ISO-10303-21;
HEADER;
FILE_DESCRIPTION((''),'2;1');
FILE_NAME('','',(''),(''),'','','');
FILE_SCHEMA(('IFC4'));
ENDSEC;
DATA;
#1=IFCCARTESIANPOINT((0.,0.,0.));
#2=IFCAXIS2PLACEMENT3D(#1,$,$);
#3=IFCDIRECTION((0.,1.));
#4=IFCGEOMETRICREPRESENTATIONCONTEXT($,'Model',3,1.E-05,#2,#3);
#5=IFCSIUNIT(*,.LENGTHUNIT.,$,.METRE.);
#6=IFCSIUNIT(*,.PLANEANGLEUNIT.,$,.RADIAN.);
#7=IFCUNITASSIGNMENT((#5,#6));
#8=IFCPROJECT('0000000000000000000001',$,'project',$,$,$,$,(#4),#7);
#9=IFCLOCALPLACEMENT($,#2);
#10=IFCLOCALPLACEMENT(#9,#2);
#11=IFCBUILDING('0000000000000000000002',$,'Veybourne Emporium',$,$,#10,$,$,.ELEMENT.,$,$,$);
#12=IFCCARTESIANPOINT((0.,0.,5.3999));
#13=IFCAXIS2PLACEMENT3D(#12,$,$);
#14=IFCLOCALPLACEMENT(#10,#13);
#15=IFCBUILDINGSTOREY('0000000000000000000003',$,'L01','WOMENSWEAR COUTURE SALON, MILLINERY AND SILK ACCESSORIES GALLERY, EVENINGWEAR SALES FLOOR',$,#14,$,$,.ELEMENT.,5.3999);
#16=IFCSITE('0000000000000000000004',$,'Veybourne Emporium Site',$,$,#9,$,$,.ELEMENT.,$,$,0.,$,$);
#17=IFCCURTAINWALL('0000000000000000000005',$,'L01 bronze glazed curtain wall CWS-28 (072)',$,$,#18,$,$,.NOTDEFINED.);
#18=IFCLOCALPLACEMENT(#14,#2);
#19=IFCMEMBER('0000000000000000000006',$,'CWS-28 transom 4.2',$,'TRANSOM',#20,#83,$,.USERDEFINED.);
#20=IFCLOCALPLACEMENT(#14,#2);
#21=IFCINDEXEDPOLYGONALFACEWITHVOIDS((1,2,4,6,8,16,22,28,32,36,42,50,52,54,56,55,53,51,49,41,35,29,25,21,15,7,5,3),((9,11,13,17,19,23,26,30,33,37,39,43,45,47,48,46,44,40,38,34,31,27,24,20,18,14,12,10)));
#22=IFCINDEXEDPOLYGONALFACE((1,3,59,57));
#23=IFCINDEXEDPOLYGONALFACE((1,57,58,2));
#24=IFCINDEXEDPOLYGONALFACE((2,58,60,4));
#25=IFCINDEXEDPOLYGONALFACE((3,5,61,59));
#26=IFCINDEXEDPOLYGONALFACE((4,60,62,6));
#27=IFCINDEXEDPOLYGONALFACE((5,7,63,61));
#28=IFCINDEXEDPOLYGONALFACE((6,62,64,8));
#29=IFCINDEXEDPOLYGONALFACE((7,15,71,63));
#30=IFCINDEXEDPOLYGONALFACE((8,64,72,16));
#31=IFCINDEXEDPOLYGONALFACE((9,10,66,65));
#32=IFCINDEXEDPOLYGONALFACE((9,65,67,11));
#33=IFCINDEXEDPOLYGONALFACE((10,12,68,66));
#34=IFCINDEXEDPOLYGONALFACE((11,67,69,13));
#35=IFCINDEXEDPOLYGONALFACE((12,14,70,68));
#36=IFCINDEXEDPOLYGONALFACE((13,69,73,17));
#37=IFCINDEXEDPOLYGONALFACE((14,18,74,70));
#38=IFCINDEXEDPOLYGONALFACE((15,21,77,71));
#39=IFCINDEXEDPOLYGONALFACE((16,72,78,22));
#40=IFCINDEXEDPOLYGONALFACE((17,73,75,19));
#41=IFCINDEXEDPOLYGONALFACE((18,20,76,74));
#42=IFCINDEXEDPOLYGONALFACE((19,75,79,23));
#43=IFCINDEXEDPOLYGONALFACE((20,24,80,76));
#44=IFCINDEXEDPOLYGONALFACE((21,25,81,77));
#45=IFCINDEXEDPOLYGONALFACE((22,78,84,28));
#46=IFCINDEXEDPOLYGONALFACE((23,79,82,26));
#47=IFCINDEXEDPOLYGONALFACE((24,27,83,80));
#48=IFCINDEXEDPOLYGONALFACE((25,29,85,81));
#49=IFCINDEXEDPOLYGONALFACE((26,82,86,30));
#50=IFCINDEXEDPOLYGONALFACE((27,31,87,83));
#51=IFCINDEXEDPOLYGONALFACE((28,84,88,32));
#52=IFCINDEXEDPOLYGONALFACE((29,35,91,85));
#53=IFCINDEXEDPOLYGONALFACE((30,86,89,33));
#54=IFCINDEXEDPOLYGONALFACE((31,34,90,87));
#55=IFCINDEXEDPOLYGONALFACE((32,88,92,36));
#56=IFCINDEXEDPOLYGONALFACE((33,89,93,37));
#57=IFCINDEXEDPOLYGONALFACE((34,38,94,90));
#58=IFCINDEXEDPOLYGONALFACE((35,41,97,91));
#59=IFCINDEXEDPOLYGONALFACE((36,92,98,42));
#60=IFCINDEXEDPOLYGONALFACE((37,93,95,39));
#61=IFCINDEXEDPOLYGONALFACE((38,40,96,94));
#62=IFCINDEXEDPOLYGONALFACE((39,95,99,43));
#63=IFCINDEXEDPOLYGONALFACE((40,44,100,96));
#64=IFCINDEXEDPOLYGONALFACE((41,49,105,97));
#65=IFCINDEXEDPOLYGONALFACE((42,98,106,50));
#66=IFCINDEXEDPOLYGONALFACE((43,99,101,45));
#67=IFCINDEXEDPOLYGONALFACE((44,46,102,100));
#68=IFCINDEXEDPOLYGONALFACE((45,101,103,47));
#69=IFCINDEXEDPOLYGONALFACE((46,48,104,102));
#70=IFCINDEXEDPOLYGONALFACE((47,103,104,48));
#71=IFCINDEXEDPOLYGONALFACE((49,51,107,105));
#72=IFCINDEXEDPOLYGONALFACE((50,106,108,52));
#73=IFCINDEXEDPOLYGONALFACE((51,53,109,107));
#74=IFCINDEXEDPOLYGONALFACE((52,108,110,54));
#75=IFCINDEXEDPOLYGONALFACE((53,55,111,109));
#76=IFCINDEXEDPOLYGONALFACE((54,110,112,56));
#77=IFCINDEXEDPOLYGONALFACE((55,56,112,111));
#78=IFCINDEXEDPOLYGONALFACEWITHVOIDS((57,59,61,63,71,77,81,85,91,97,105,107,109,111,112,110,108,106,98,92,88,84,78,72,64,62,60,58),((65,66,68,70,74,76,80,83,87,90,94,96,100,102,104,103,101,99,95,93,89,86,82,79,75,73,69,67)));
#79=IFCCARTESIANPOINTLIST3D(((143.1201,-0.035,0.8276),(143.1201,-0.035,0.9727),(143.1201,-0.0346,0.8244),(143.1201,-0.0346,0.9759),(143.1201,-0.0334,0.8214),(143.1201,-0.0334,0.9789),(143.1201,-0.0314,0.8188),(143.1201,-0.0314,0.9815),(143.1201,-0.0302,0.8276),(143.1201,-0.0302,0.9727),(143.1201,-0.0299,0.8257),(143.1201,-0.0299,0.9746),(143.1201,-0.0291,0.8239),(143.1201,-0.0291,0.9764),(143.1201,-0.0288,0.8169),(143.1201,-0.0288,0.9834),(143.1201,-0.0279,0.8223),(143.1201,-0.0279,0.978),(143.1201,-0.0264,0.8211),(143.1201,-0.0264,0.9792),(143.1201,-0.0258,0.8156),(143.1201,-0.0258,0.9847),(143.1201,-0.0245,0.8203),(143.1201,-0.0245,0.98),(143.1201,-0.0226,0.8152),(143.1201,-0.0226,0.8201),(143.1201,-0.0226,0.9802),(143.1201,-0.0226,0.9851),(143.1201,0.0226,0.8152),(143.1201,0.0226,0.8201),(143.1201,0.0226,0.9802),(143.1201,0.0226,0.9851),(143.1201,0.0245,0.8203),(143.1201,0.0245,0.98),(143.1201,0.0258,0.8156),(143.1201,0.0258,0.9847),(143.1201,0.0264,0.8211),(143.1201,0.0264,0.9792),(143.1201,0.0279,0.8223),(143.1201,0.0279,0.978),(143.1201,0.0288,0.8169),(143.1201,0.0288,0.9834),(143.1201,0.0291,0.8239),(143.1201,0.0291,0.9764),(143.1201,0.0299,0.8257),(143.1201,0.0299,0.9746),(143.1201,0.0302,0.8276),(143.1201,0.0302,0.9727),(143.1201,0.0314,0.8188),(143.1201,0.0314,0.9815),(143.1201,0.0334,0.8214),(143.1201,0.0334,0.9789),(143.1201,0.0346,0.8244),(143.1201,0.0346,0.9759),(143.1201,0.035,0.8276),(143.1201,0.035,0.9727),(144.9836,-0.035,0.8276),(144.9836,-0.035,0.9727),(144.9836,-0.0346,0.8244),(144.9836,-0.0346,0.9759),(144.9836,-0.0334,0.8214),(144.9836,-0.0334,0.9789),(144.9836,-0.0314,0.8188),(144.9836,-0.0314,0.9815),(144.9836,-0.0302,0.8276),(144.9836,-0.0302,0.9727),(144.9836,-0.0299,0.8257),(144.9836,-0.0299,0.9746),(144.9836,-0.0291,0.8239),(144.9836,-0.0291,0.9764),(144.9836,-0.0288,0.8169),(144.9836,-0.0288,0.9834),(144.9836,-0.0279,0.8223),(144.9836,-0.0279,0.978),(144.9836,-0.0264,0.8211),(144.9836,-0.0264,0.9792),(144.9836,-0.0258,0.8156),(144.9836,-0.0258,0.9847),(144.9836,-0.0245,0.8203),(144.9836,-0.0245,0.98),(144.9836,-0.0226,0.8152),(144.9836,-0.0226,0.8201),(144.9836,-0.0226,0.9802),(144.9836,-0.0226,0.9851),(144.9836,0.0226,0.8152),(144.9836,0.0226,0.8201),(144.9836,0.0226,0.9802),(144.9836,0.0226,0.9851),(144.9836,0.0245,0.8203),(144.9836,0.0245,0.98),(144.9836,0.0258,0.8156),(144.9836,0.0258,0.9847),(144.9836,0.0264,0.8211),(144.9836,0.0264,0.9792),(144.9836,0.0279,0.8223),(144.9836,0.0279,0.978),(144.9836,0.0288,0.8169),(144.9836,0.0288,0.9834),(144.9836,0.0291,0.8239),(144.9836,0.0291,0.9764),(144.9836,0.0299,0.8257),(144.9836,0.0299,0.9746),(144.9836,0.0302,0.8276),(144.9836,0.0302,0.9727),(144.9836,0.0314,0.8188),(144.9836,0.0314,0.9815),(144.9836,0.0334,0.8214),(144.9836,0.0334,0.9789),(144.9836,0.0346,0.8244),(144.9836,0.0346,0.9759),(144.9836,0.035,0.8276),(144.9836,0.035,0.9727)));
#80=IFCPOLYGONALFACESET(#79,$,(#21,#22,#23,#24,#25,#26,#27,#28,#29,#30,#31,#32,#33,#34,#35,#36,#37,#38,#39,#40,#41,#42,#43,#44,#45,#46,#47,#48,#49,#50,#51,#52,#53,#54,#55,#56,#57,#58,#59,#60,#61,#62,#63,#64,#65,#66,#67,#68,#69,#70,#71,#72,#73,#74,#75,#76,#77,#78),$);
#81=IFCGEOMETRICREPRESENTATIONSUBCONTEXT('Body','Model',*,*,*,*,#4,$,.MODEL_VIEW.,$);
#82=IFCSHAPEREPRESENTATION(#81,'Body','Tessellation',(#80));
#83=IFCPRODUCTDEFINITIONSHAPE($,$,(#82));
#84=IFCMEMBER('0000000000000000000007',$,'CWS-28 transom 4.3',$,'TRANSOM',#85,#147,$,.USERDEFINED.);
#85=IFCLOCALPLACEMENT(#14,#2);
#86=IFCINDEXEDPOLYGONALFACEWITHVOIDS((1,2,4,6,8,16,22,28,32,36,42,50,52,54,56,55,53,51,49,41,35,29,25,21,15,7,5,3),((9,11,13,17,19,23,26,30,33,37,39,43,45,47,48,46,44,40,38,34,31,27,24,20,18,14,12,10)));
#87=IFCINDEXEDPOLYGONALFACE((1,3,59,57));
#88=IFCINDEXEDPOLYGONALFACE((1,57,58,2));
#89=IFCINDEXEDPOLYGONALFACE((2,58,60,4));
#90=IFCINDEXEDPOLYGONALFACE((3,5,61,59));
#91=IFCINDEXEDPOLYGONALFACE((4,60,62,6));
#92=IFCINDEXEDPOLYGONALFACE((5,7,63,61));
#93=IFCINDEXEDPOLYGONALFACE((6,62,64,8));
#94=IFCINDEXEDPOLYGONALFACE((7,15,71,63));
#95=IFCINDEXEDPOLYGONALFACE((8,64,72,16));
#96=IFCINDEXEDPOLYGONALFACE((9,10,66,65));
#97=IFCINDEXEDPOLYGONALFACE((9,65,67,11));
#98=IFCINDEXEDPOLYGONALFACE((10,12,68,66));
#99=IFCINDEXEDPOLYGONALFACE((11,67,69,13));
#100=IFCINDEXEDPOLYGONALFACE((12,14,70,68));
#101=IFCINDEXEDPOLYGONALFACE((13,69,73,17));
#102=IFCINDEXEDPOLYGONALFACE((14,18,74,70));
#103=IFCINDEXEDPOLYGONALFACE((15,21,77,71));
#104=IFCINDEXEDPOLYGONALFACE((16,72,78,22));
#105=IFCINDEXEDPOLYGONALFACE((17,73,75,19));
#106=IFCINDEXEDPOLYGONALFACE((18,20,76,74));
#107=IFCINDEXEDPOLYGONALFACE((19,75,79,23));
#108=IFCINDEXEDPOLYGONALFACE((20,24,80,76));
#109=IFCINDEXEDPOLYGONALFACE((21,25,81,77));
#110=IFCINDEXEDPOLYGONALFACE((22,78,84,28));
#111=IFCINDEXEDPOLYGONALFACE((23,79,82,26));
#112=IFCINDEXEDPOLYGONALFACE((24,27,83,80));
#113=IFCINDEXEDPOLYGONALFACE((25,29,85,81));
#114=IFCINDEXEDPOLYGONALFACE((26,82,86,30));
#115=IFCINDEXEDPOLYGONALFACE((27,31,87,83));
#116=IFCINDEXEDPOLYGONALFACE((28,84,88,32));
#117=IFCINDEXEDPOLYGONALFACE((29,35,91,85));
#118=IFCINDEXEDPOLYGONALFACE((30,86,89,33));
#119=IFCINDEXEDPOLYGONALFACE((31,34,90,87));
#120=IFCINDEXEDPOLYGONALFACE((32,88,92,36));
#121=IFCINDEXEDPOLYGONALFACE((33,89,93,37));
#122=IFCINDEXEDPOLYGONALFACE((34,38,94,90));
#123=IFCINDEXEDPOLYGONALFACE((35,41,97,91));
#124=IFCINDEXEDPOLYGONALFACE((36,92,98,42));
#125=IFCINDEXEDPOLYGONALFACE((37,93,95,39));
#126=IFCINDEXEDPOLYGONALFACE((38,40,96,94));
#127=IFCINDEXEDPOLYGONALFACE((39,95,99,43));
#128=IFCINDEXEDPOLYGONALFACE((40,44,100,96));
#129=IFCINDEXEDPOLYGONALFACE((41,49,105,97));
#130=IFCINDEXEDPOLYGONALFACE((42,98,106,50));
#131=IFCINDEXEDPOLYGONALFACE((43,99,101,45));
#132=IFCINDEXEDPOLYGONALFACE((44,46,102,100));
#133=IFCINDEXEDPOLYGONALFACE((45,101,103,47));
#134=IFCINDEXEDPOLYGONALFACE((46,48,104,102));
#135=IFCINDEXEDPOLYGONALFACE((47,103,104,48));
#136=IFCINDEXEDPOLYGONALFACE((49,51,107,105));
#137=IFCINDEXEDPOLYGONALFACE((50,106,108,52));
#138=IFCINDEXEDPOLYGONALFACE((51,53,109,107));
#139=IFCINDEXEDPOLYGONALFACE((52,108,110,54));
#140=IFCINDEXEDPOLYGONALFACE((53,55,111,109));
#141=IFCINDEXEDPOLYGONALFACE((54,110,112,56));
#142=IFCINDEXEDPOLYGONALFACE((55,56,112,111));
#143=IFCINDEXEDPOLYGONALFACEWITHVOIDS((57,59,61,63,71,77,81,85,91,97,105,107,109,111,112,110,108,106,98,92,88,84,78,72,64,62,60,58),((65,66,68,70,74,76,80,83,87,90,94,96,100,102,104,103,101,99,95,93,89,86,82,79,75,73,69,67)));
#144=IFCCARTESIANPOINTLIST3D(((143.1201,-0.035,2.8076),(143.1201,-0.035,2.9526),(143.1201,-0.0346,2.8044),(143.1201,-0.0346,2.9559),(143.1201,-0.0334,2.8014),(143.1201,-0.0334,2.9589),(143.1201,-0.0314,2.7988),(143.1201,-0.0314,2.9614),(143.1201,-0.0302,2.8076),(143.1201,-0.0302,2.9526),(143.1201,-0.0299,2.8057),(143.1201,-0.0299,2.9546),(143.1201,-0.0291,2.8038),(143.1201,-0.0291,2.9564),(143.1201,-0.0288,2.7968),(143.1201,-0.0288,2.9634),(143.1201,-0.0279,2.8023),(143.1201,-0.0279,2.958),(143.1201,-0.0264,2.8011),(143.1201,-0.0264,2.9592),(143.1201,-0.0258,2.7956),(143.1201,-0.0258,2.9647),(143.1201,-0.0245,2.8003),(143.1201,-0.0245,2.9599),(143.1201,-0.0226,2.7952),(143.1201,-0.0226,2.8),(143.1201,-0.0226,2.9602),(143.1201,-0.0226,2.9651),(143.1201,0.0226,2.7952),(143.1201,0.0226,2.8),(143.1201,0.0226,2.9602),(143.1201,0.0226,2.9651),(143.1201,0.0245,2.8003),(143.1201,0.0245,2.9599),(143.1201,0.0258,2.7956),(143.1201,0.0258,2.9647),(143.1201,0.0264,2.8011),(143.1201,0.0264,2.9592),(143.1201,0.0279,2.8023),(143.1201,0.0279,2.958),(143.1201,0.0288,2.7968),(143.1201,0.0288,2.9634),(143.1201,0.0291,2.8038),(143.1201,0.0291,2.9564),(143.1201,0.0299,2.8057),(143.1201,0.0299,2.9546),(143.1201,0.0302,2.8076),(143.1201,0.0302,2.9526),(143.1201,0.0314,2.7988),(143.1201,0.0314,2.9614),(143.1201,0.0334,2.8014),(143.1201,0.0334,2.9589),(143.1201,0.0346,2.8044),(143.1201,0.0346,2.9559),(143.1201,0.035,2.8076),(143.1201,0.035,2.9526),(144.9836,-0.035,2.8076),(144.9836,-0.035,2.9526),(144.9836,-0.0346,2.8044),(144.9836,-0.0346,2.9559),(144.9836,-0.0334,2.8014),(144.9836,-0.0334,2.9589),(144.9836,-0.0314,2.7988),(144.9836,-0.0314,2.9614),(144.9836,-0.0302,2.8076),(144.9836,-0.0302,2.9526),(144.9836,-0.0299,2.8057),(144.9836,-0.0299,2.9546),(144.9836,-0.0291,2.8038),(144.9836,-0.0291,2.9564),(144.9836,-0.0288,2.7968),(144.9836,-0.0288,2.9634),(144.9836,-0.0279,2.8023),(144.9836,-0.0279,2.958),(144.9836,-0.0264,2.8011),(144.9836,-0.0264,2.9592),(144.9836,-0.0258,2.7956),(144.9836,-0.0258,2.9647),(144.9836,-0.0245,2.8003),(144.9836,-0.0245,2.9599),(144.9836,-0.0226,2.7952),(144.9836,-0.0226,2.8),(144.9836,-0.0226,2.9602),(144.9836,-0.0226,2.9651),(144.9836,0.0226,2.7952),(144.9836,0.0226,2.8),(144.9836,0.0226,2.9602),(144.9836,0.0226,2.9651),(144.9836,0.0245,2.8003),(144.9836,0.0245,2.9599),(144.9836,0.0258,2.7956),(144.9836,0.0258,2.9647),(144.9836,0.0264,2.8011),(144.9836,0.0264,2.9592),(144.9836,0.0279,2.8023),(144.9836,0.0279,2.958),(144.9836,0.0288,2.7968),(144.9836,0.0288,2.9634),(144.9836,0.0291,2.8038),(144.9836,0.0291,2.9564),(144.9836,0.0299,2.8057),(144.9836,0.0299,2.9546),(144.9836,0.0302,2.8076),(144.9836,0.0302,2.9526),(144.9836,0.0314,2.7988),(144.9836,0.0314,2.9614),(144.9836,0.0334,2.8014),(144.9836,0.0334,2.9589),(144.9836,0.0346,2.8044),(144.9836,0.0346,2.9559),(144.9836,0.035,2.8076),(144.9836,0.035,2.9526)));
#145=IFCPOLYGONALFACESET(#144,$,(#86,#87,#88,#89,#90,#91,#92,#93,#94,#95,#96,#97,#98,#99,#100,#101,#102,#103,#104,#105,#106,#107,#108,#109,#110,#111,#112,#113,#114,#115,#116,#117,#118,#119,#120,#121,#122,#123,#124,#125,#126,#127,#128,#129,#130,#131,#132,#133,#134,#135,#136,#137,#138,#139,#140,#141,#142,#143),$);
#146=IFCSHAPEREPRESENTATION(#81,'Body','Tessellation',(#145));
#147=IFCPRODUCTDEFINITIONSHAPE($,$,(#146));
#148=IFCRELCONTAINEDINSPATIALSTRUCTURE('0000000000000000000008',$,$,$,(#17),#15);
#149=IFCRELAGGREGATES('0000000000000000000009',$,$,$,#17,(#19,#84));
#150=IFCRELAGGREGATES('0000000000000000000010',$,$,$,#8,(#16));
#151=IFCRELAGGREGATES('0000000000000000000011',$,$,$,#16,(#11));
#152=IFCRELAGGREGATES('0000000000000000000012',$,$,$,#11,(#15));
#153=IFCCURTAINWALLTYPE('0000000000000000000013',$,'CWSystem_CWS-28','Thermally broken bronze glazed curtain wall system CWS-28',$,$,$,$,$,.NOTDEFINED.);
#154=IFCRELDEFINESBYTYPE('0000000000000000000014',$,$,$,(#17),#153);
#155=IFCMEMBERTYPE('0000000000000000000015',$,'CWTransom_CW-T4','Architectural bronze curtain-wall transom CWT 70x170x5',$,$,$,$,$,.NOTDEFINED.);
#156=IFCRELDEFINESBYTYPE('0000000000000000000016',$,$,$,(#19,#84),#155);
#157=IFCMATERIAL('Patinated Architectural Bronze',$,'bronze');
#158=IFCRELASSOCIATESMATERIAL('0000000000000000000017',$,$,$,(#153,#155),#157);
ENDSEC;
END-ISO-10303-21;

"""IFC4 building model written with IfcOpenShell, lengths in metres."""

from ifc_helpers import new_model, si_unit, direction, frame, origin, origin_2d, place, context, subcontext, project, spatial, hollow_rectangle, extrude, material, material_profile, profile_set, type_object, element, aggregate, save


model = new_model("IFC4")

# Units and contexts
model_context = context("Model", 3, precision=1e-05, world=origin(), true_north=direction((0.0, 1.0)))
body_context = subcontext(model_context, "Body", "Model", "MODEL_VIEW")
ifc_project = project(units=[si_unit("LENGTHUNIT", "METRE"), si_unit("PLANEANGLEUNIT", "RADIAN")], contexts=[model_context])

# Site, building, storey
site_placement = place(None, origin())
site = spatial("IfcSite", under=ifc_project, at=site_placement, Name="Veybourne Emporium Site", CompositionType="ELEMENT", RefElevation=0.0)
building_placement = place(site_placement, origin())
building = spatial("IfcBuilding", under=site, at=building_placement, Name="Veybourne Emporium", CompositionType="ELEMENT")
storey_placement = place(building_placement, frame((0.0, 0.0, 5.3999)))
storey = spatial("IfcBuildingStorey", under=building, at=storey_placement, Name="L01", Description="WOMENSWEAR COUTURE SALON, MILLINERY AND SILK ACCESSORIES GALLERY, EVENINGWEAR SALES FLOOR", CompositionType="ELEMENT", Elevation=5.3999)

# Curtain wall, members
ifc_material_1 = material(Name="Patinated Architectural Bronze", Category="bronze")
curtain_wall_type = type_object("IfcCurtainWallType", Name="CWSystem_CWS-28", Description="Thermally broken bronze glazed curtain wall system CWS-28", PredefinedType="NOTDEFINED", material=ifc_material_1)
curtain_wall_placement = place(storey_placement, origin())
curtain_wall = element("IfcCurtainWall", 1, at=curtain_wall_placement, inside=storey, type_object=curtain_wall_type, Name="L01 bronze glazed curtain wall CWS-28 (072)", PredefinedType="NOTDEFINED")
ifc_material_profile_1 = material_profile(ifc_material_1, hollow_rectangle(XDim=0.0701, YDim=0.1699, WallThickness=0.0049, InnerFilletRadius=0.0076, OuterFilletRadius=0.0125, at=origin_2d()), Name="CWT 70x170x5")
ifc_profile_set_1 = profile_set([ifc_material_profile_1], Name="Patinated Architectural Bronze")
member_type_1 = type_object("IfcMemberType", Name="CWTransom_CW-T4", Description="Architectural bronze curtain-wall transom CWT 70x170x5", PredefinedType="NOTDEFINED", material=ifc_profile_set_1)
member_1_placement = place(storey_placement, frame((144.9836, 0.0, 0.9001), z_axis=(-1.0, 0.0, 0.0), x_axis=(0.0, -1.0, 0.0)))
member_1 = element("IfcMember", 2, at=member_1_placement, type_object=member_type_1, Name="CWS-28 transom 4.2", ObjectType="TRANSOM", PredefinedType="USERDEFINED", context=body_context, shape_type="SweptSolid", body=[
    extrude(hollow_rectangle(XDim=0.0701, YDim=0.1699, WallThickness=0.0049, InnerFilletRadius=0.0076, OuterFilletRadius=0.0125, at=origin_2d()), origin(), (0.0, 0.0, 1.0), 1.8635),
])
member_2_placement = place(storey_placement, frame((144.9836, 0.0, 2.8801), z_axis=(-1.0, 0.0, 0.0), x_axis=(0.0, -1.0, 0.0)))
member_2 = element("IfcMember", 3, at=member_2_placement, type_object=member_type_1, Name="CWS-28 transom 4.3", ObjectType="TRANSOM", PredefinedType="USERDEFINED", context=body_context, shape_type="SweptSolid", body=[
    extrude(hollow_rectangle(XDim=0.0701, YDim=0.1699, WallThickness=0.0049, InnerFilletRadius=0.0076, OuterFilletRadius=0.0125, at=origin_2d()), origin(), (0.0, 0.0, 1.0), 1.8635),
])

aggregate(curtain_wall, [member_1, member_2])

save(model, "model.ifc")
